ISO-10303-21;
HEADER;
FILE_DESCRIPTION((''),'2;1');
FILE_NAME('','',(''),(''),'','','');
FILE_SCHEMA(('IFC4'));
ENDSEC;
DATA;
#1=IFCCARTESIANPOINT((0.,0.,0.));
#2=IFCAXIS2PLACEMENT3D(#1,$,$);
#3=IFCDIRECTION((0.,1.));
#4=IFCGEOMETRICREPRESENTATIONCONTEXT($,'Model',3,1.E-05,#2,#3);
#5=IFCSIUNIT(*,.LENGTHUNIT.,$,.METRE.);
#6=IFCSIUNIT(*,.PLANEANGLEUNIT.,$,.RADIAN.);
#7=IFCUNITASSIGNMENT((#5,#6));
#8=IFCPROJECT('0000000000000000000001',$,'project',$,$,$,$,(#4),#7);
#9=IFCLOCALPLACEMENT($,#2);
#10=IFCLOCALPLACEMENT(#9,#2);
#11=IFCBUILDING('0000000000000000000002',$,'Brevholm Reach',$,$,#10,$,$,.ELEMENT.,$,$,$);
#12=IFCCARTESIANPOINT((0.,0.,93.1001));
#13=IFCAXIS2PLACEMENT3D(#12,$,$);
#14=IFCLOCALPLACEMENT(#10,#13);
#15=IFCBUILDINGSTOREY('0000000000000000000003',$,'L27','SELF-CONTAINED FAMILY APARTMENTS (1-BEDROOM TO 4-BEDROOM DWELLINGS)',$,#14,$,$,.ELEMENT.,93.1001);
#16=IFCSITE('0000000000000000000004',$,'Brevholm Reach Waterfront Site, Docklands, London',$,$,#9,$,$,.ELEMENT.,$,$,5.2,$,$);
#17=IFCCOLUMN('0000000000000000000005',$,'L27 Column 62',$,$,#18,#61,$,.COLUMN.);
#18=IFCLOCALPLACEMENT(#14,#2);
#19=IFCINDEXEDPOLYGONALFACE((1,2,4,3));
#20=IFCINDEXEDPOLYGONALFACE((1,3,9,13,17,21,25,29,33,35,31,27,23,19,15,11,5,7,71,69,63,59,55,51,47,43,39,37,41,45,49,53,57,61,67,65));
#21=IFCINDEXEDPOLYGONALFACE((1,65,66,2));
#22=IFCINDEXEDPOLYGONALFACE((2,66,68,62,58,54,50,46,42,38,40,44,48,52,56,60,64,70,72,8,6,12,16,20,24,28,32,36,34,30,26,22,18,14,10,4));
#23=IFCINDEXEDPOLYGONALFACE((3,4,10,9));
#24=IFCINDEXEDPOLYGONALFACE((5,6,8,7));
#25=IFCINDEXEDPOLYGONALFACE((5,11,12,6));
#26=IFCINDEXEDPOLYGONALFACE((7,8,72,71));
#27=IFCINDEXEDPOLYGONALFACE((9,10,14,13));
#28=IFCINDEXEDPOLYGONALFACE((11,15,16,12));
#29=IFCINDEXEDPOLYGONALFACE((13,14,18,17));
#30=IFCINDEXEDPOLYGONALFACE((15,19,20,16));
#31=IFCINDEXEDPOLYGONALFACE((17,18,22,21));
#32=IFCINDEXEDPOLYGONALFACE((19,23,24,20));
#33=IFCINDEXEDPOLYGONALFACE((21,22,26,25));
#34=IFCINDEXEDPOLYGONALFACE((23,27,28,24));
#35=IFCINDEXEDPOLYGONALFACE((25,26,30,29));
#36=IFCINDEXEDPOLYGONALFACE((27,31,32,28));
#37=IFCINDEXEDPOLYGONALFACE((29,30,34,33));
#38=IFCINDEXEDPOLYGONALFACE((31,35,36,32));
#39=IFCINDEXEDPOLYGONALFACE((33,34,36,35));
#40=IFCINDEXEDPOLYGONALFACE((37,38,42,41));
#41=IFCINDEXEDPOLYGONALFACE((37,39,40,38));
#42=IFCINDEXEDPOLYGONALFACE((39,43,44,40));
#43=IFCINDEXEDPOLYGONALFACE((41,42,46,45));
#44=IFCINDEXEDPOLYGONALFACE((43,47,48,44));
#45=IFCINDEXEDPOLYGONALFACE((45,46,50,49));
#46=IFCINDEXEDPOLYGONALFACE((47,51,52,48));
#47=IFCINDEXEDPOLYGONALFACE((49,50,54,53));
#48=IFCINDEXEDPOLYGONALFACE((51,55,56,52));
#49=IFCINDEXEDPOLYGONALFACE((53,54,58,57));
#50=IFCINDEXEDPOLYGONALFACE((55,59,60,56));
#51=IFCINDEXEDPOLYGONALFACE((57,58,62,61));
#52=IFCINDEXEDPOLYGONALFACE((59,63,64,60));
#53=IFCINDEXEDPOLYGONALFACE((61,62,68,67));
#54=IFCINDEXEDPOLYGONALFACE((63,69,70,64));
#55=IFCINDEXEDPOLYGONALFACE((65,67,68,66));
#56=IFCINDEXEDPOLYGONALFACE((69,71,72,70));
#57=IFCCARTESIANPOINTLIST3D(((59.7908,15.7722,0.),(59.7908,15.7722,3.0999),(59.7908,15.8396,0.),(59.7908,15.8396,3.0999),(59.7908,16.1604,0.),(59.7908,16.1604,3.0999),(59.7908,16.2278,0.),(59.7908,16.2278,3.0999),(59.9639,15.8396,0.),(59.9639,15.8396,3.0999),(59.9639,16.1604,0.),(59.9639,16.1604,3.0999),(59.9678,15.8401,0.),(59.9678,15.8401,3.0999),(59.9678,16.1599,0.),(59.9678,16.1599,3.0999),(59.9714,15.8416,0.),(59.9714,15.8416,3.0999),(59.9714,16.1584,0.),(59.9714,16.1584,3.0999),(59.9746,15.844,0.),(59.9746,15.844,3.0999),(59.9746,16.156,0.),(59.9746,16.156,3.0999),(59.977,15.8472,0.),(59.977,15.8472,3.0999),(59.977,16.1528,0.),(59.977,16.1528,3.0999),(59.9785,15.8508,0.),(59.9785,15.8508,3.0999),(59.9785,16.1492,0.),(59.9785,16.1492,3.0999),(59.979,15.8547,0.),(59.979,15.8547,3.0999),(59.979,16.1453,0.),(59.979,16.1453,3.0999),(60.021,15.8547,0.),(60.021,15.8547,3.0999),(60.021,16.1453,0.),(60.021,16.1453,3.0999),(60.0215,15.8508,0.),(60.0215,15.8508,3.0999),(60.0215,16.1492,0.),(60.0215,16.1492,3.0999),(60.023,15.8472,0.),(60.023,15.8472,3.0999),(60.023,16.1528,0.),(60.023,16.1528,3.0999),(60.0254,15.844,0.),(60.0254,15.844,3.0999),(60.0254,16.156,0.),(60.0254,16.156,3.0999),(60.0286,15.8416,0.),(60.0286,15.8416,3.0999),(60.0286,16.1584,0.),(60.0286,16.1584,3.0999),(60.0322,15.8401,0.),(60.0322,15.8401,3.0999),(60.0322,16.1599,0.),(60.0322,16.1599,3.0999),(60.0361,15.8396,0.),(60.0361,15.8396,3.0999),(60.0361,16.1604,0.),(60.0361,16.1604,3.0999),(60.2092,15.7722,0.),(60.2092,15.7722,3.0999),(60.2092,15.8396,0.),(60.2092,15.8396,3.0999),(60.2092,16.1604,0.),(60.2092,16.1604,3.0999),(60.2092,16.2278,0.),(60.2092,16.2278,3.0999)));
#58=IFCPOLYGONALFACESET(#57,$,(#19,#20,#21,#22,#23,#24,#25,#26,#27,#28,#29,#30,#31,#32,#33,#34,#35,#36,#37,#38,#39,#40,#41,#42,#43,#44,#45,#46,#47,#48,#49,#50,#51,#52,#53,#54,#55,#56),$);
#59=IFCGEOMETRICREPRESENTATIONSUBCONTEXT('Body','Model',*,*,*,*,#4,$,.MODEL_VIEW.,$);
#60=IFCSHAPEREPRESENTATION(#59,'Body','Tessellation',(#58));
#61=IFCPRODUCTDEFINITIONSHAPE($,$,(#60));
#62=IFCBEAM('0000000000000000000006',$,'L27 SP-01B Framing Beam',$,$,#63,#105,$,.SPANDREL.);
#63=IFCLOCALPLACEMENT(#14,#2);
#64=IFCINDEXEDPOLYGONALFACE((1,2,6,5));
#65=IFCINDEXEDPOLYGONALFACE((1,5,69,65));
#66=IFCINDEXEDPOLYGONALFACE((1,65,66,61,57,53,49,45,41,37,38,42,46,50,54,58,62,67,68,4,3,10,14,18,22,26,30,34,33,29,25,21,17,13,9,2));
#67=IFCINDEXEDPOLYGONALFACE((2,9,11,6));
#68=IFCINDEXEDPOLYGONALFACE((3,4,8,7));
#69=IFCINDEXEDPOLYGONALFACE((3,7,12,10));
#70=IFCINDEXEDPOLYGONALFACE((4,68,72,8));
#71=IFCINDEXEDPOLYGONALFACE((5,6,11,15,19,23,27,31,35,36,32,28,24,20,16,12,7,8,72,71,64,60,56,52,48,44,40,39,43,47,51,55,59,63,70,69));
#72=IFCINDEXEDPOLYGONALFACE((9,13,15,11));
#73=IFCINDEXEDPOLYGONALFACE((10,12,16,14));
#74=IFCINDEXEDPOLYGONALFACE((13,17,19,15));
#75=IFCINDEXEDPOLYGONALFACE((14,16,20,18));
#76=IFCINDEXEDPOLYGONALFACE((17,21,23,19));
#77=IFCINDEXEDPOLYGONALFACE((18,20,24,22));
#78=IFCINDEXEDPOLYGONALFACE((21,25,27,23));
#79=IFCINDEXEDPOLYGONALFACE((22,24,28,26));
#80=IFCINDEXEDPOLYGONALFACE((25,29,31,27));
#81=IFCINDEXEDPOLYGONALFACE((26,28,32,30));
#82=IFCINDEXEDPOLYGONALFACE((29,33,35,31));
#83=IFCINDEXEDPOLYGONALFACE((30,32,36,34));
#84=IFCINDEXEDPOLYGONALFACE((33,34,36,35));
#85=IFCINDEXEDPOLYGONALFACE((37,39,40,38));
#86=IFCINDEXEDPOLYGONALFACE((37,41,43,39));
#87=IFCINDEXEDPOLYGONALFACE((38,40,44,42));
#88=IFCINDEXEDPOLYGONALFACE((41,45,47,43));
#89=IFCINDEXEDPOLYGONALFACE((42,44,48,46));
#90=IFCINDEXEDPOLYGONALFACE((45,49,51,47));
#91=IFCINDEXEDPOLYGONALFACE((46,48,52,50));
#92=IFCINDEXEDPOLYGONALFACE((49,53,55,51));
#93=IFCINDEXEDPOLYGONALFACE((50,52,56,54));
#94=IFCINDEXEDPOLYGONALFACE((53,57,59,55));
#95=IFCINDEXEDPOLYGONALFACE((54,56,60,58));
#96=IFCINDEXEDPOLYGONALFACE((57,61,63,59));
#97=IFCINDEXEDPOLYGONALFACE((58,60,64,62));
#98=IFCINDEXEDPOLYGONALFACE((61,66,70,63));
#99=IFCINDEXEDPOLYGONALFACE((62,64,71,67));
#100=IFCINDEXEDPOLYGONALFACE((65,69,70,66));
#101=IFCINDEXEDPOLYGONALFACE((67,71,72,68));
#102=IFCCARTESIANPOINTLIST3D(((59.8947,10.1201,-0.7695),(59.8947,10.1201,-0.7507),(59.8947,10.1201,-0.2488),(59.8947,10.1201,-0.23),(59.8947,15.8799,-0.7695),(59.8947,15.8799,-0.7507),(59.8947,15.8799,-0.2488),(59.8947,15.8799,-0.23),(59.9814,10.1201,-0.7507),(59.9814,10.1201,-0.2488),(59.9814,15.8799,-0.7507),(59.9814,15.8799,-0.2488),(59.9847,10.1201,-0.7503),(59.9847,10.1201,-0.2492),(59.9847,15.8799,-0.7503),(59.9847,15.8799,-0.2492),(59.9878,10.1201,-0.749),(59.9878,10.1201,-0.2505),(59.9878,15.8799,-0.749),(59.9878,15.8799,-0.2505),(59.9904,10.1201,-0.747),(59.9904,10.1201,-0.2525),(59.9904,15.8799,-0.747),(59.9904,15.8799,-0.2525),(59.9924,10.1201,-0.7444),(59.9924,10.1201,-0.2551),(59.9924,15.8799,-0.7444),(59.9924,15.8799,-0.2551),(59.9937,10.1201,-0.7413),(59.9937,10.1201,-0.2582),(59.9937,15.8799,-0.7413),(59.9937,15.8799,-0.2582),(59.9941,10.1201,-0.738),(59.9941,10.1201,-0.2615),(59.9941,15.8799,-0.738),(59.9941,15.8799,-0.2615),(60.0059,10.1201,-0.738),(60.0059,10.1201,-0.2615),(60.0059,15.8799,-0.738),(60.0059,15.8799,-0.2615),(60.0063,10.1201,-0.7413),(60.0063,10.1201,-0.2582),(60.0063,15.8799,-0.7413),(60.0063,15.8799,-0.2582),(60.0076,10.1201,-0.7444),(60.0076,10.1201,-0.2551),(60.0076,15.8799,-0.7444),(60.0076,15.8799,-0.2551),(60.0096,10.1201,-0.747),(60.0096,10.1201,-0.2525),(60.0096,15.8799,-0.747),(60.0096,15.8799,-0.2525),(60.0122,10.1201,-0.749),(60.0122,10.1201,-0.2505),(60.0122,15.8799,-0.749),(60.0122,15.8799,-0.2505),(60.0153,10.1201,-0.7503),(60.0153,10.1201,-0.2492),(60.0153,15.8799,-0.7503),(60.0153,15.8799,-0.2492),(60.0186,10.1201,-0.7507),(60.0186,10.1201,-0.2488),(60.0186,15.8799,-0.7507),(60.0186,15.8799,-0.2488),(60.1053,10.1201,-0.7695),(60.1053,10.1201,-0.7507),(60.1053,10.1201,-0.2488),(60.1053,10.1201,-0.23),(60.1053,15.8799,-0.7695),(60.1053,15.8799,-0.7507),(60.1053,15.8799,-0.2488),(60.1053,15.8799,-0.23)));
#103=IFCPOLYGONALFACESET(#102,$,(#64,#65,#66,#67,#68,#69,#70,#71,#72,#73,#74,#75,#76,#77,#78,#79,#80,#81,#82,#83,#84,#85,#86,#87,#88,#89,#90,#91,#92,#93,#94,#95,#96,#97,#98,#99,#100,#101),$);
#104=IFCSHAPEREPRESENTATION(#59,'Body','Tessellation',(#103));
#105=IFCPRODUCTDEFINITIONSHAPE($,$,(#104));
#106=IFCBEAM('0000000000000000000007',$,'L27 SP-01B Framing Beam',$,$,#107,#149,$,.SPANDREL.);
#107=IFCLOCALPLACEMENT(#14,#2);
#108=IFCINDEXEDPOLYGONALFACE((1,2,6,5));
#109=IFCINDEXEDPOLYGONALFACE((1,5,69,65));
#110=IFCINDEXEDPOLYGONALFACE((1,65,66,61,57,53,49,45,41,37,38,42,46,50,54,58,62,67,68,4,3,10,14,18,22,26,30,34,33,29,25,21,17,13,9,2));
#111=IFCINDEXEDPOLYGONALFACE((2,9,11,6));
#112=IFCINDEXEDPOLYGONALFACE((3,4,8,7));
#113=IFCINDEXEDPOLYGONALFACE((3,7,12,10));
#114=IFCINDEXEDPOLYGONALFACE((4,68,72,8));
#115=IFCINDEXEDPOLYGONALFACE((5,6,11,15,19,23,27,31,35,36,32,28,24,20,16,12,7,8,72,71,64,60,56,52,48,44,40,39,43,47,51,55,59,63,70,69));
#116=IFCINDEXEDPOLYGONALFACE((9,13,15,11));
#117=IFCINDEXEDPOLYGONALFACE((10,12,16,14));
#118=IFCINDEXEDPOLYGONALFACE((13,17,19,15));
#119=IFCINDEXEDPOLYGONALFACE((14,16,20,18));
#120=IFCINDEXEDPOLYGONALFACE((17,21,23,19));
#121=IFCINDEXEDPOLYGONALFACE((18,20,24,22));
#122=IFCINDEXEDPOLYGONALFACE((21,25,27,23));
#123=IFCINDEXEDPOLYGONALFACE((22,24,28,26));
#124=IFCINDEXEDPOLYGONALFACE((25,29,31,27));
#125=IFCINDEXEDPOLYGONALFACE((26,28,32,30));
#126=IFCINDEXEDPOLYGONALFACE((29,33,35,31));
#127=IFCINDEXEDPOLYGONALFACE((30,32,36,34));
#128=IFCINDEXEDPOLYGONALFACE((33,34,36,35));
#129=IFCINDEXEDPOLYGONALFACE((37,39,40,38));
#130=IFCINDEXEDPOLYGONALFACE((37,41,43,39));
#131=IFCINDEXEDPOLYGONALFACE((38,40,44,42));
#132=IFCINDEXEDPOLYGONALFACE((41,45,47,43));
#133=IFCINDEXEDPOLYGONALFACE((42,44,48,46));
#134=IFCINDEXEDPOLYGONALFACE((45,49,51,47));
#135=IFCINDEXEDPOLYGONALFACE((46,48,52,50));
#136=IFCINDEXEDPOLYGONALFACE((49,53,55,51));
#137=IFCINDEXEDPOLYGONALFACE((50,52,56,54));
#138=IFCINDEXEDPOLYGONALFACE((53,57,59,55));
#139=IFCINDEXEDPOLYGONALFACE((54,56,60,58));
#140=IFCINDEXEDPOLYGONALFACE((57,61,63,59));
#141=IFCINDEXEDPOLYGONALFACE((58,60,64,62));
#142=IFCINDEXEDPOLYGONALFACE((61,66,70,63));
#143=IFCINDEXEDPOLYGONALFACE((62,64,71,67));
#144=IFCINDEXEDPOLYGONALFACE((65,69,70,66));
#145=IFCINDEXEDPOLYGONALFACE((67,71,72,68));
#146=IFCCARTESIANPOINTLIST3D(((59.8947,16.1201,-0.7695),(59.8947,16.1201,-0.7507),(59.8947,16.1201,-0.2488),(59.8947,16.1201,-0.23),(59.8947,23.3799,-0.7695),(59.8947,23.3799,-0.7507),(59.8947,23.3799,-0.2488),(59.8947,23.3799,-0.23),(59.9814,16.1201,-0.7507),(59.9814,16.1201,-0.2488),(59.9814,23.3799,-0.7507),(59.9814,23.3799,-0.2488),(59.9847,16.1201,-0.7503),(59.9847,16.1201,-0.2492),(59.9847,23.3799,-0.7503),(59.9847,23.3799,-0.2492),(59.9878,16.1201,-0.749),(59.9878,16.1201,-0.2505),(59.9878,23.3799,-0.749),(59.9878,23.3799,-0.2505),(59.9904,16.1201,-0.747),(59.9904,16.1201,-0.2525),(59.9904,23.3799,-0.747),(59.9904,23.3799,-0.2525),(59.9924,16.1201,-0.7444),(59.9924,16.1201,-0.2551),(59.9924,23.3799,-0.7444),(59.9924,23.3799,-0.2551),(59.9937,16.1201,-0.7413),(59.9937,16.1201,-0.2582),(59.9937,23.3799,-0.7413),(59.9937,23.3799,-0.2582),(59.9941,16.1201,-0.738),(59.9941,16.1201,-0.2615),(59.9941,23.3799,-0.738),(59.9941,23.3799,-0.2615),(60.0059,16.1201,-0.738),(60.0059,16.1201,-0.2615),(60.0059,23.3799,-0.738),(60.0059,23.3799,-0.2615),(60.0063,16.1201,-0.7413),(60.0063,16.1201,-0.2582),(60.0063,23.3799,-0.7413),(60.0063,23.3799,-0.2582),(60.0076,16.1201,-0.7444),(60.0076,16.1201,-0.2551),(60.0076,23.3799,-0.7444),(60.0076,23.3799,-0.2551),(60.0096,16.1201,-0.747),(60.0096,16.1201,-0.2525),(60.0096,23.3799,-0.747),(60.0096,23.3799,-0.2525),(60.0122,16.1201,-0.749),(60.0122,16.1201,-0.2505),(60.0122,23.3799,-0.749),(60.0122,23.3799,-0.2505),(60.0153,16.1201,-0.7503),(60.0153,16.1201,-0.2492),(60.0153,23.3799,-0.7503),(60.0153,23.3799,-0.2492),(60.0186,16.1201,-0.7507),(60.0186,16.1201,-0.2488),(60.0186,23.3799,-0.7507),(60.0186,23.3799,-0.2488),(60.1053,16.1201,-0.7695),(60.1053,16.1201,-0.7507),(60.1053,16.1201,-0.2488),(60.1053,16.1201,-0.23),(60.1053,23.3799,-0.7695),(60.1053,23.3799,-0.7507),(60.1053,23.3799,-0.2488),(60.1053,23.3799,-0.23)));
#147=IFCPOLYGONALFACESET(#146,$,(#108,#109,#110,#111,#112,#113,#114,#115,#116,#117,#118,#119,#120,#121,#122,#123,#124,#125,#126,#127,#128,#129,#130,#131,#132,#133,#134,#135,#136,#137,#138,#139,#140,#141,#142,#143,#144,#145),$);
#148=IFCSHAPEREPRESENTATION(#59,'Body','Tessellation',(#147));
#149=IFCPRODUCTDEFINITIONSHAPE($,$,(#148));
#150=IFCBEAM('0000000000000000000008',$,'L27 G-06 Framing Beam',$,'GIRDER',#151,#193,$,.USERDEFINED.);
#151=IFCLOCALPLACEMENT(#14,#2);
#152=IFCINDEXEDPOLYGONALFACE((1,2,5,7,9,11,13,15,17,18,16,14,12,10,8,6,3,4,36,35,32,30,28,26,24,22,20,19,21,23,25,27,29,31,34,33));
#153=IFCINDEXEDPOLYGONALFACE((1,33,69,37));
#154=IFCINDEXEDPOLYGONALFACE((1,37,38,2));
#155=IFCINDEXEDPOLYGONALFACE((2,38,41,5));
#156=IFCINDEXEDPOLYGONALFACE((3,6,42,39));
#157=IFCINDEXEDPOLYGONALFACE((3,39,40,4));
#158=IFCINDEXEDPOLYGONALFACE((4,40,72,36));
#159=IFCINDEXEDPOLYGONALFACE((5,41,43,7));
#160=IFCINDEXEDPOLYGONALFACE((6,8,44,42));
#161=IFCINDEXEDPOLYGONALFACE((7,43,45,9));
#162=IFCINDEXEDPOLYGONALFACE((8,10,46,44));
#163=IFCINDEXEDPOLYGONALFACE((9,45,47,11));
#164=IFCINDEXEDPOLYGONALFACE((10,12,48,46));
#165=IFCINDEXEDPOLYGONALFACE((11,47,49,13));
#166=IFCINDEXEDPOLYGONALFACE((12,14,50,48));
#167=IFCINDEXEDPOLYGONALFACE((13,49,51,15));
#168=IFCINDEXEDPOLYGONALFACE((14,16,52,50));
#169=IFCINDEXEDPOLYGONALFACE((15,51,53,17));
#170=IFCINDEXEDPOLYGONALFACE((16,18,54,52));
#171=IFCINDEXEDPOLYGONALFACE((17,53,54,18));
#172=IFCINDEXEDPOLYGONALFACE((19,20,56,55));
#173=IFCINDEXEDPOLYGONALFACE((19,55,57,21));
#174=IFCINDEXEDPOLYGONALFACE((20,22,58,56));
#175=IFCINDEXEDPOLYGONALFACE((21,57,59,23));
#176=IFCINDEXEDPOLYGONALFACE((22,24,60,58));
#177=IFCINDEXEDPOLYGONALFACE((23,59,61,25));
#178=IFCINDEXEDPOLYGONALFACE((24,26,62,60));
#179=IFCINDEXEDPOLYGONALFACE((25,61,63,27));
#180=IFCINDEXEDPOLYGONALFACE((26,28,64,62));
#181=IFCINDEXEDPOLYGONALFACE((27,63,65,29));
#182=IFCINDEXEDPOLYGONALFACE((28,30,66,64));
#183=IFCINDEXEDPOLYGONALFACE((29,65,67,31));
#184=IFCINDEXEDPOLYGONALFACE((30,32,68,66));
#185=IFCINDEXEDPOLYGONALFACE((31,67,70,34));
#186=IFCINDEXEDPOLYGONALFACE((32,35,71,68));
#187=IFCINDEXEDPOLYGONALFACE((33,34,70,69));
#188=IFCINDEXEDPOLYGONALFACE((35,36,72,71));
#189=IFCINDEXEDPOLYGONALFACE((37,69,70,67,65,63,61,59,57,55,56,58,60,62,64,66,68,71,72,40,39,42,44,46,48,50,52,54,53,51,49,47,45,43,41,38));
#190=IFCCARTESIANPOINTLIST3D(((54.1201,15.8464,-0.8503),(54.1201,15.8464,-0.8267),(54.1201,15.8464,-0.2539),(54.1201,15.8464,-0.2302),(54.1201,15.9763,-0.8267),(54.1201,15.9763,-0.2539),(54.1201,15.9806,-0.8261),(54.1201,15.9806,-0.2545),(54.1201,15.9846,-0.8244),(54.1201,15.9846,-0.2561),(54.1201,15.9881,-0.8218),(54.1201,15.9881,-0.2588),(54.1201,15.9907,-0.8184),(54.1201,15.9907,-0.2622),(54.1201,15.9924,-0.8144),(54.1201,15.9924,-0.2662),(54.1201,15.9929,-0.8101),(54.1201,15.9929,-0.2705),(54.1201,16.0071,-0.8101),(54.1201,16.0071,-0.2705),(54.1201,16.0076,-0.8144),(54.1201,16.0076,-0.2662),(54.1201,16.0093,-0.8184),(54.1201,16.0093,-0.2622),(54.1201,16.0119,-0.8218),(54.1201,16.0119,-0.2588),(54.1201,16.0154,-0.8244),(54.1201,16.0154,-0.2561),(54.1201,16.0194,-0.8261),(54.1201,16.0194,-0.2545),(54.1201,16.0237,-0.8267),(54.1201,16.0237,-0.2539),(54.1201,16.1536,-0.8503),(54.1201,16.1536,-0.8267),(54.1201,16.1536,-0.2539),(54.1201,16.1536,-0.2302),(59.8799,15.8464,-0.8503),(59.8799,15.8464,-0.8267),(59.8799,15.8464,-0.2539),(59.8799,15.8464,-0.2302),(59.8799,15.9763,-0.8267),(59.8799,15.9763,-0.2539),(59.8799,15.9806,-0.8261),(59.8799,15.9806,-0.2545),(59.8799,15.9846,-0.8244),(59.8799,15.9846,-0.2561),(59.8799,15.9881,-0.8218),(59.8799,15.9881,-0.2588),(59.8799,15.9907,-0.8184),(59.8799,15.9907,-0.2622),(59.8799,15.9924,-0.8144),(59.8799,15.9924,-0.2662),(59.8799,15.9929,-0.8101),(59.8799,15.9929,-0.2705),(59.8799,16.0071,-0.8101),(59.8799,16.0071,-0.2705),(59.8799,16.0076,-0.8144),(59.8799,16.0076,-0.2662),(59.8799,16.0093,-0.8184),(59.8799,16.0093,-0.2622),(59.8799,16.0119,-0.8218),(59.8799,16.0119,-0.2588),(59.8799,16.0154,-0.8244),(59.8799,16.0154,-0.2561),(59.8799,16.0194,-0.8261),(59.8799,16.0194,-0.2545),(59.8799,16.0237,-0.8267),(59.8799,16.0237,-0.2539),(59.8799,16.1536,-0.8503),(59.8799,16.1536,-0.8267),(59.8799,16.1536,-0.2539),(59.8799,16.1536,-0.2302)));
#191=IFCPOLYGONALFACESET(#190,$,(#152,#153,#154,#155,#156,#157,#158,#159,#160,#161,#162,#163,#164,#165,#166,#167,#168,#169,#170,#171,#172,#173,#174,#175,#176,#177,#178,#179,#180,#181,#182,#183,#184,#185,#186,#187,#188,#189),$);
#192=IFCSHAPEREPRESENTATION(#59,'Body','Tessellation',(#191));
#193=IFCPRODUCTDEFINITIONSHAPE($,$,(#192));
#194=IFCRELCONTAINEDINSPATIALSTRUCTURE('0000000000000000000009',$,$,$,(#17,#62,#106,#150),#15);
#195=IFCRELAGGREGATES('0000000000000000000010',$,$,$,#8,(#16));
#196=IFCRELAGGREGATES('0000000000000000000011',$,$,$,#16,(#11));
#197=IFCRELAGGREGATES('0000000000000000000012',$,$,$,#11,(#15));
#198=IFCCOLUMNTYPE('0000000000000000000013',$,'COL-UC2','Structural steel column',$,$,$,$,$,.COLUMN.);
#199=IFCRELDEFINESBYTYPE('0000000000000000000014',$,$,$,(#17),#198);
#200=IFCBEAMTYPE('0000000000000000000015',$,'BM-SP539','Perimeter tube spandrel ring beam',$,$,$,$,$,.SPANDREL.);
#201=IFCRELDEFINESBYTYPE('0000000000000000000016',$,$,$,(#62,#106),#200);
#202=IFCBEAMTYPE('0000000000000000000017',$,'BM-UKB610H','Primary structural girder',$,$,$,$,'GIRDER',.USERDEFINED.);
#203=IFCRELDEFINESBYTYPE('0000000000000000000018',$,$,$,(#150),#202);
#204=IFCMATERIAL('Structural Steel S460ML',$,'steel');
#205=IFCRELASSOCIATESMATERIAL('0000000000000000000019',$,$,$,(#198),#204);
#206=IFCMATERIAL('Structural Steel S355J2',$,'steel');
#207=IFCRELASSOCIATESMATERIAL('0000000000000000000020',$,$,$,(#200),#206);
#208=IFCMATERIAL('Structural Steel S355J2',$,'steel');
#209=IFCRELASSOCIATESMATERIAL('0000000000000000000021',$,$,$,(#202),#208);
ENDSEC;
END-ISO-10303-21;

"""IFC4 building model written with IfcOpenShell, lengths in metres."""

from ifc_helpers import new_model, si_unit, direction, frame, origin, origin_2d, place, context, subcontext, project, spatial, i_section, extrude, material, material_profile, profile_set, type_object, element, save


model = new_model("IFC4")

# Units and contexts
model_context = context("Model", 3, precision=1e-05, world=origin(), true_north=direction((0.0, 1.0)))
body_context = subcontext(model_context, "Body", "Model", "MODEL_VIEW")
ifc_project = project(units=[si_unit("LENGTHUNIT", "METRE"), si_unit("PLANEANGLEUNIT", "RADIAN")], contexts=[model_context])

# Site, building, storey
site_placement = place(None, origin())
site = spatial("IfcSite", under=ifc_project, at=site_placement, Name="Brevholm Reach Waterfront Site, Docklands, London", CompositionType="ELEMENT", RefElevation=5.2)
building_placement = place(site_placement, origin())
building = spatial("IfcBuilding", under=site, at=building_placement, Name="Brevholm Reach", CompositionType="ELEMENT")
storey_placement = place(building_placement, frame((0.0, 0.0, 93.1001)))
storey = spatial("IfcBuildingStorey", under=building, at=storey_placement, Name="L27", Description="SELF-CONTAINED FAMILY APARTMENTS (1-BEDROOM TO 4-BEDROOM DWELLINGS)", CompositionType="ELEMENT", Elevation=93.1001)

# Column
ifc_material_1 = material(Name="Structural Steel S460ML", Category="steel")
ifc_material_profile_1 = material_profile(ifc_material_1, i_section(OverallWidth=0.4185, OverallDepth=0.4556, WebThickness=0.042, FlangeThickness=0.0674, FilletRadius=0.0151, at=origin_2d()), Name="UKC 356x406x551")
ifc_profile_set_1 = profile_set([ifc_material_profile_1], Name="Structural Steel S460ML")
column_type = type_object("IfcColumnType", Name="COL-UC2", Description="Structural steel column", PredefinedType="COLUMN", material=ifc_profile_set_1)
column_placement = place(storey_placement, frame((60.0, 16.0, 0.0), z_axis=(0.0, 0.0, 1.0), x_axis=(1.0, 0.0, 0.0)))
element("IfcColumn", 1, at=column_placement, inside=storey, type_object=column_type, Name="L27 Column 62", PredefinedType="COLUMN", context=body_context, shape_type="SweptSolid", body=[
    extrude(i_section(OverallWidth=0.4185, OverallDepth=0.4556, WebThickness=0.042, FlangeThickness=0.0674, FilletRadius=0.0151, at=origin_2d()), origin(), (0.0, 0.0, 1.0), 3.0999),
])

# Beams
ifc_material_2 = material(Name="Structural Steel S355J2", Category="steel")
ifc_material_profile_2 = material_profile(ifc_material_2, i_section(OverallWidth=0.2107, OverallDepth=0.5396, WebThickness=0.0117, FlangeThickness=0.0188, FilletRadius=0.0127, at=origin_2d()), Name="UKB 533x210x109")
ifc_profile_set_2 = profile_set([ifc_material_profile_2], Name="Structural Steel S355J2")
beam_type_1 = type_object("IfcBeamType", Name="BM-SP539", Description="Perimeter tube spandrel ring beam", PredefinedType="SPANDREL", material=ifc_profile_set_2)
beam_1_placement = place(storey_placement, frame((60.0, 10.1201, -0.4998), z_axis=(0.0, 1.0, 0.0), x_axis=(-1.0, 0.0, 0.0)))
element("IfcBeam", 2, at=beam_1_placement, inside=storey, type_object=beam_type_1, Name="L27 SP-01B Framing Beam", PredefinedType="SPANDREL", context=body_context, shape_type="SweptSolid", body=[
    extrude(i_section(OverallWidth=0.2107, OverallDepth=0.5396, WebThickness=0.0117, FlangeThickness=0.0188, FilletRadius=0.0127, at=origin_2d()), origin(), (0.0, 0.0, 1.0), 5.7598),
])
beam_2_placement = place(storey_placement, frame((60.0, 16.1201, -0.4998), z_axis=(0.0, 1.0, 0.0), x_axis=(-1.0, 0.0, 0.0)))
element("IfcBeam", 3, at=beam_2_placement, inside=storey, type_object=beam_type_1, Name="L27 SP-01B Framing Beam", PredefinedType="SPANDREL", context=body_context, shape_type="SweptSolid", body=[
    extrude(i_section(OverallWidth=0.2107, OverallDepth=0.5396, WebThickness=0.0117, FlangeThickness=0.0188, FilletRadius=0.0127, at=origin_2d()), origin(), (0.0, 0.0, 1.0), 7.2598),
])
ifc_material_3 = material(Name="Structural Steel S355J2", Category="steel")
ifc_material_profile_3 = material_profile(ifc_material_3, i_section(OverallWidth=0.3071, OverallDepth=0.6201, WebThickness=0.0142, FlangeThickness=0.0237, FilletRadius=0.0166, at=origin_2d()), Name="UKB 610x305x179")
ifc_profile_set_3 = profile_set([ifc_material_profile_3], Name="Structural Steel S355J2")
beam_type_2 = type_object("IfcBeamType", Name="BM-UKB610H", Description="Primary structural girder", ElementType="GIRDER", PredefinedType="USERDEFINED", material=ifc_profile_set_3)
beam_3_placement = place(storey_placement, frame((54.1201, 16.0, -0.5403), z_axis=(1.0, 0.0, 0.0), x_axis=(0.0, 1.0, 0.0)))
element("IfcBeam", 4, at=beam_3_placement, inside=storey, type_object=beam_type_2, Name="L27 G-06 Framing Beam", ObjectType="GIRDER", PredefinedType="USERDEFINED", context=body_context, shape_type="SweptSolid", body=[
    extrude(i_section(OverallWidth=0.3071, OverallDepth=0.6201, WebThickness=0.0142, FlangeThickness=0.0237, FilletRadius=0.0166, at=origin_2d()), origin(), (0.0, 0.0, 1.0), 5.7598),
])

save(model, "model.ifc")
